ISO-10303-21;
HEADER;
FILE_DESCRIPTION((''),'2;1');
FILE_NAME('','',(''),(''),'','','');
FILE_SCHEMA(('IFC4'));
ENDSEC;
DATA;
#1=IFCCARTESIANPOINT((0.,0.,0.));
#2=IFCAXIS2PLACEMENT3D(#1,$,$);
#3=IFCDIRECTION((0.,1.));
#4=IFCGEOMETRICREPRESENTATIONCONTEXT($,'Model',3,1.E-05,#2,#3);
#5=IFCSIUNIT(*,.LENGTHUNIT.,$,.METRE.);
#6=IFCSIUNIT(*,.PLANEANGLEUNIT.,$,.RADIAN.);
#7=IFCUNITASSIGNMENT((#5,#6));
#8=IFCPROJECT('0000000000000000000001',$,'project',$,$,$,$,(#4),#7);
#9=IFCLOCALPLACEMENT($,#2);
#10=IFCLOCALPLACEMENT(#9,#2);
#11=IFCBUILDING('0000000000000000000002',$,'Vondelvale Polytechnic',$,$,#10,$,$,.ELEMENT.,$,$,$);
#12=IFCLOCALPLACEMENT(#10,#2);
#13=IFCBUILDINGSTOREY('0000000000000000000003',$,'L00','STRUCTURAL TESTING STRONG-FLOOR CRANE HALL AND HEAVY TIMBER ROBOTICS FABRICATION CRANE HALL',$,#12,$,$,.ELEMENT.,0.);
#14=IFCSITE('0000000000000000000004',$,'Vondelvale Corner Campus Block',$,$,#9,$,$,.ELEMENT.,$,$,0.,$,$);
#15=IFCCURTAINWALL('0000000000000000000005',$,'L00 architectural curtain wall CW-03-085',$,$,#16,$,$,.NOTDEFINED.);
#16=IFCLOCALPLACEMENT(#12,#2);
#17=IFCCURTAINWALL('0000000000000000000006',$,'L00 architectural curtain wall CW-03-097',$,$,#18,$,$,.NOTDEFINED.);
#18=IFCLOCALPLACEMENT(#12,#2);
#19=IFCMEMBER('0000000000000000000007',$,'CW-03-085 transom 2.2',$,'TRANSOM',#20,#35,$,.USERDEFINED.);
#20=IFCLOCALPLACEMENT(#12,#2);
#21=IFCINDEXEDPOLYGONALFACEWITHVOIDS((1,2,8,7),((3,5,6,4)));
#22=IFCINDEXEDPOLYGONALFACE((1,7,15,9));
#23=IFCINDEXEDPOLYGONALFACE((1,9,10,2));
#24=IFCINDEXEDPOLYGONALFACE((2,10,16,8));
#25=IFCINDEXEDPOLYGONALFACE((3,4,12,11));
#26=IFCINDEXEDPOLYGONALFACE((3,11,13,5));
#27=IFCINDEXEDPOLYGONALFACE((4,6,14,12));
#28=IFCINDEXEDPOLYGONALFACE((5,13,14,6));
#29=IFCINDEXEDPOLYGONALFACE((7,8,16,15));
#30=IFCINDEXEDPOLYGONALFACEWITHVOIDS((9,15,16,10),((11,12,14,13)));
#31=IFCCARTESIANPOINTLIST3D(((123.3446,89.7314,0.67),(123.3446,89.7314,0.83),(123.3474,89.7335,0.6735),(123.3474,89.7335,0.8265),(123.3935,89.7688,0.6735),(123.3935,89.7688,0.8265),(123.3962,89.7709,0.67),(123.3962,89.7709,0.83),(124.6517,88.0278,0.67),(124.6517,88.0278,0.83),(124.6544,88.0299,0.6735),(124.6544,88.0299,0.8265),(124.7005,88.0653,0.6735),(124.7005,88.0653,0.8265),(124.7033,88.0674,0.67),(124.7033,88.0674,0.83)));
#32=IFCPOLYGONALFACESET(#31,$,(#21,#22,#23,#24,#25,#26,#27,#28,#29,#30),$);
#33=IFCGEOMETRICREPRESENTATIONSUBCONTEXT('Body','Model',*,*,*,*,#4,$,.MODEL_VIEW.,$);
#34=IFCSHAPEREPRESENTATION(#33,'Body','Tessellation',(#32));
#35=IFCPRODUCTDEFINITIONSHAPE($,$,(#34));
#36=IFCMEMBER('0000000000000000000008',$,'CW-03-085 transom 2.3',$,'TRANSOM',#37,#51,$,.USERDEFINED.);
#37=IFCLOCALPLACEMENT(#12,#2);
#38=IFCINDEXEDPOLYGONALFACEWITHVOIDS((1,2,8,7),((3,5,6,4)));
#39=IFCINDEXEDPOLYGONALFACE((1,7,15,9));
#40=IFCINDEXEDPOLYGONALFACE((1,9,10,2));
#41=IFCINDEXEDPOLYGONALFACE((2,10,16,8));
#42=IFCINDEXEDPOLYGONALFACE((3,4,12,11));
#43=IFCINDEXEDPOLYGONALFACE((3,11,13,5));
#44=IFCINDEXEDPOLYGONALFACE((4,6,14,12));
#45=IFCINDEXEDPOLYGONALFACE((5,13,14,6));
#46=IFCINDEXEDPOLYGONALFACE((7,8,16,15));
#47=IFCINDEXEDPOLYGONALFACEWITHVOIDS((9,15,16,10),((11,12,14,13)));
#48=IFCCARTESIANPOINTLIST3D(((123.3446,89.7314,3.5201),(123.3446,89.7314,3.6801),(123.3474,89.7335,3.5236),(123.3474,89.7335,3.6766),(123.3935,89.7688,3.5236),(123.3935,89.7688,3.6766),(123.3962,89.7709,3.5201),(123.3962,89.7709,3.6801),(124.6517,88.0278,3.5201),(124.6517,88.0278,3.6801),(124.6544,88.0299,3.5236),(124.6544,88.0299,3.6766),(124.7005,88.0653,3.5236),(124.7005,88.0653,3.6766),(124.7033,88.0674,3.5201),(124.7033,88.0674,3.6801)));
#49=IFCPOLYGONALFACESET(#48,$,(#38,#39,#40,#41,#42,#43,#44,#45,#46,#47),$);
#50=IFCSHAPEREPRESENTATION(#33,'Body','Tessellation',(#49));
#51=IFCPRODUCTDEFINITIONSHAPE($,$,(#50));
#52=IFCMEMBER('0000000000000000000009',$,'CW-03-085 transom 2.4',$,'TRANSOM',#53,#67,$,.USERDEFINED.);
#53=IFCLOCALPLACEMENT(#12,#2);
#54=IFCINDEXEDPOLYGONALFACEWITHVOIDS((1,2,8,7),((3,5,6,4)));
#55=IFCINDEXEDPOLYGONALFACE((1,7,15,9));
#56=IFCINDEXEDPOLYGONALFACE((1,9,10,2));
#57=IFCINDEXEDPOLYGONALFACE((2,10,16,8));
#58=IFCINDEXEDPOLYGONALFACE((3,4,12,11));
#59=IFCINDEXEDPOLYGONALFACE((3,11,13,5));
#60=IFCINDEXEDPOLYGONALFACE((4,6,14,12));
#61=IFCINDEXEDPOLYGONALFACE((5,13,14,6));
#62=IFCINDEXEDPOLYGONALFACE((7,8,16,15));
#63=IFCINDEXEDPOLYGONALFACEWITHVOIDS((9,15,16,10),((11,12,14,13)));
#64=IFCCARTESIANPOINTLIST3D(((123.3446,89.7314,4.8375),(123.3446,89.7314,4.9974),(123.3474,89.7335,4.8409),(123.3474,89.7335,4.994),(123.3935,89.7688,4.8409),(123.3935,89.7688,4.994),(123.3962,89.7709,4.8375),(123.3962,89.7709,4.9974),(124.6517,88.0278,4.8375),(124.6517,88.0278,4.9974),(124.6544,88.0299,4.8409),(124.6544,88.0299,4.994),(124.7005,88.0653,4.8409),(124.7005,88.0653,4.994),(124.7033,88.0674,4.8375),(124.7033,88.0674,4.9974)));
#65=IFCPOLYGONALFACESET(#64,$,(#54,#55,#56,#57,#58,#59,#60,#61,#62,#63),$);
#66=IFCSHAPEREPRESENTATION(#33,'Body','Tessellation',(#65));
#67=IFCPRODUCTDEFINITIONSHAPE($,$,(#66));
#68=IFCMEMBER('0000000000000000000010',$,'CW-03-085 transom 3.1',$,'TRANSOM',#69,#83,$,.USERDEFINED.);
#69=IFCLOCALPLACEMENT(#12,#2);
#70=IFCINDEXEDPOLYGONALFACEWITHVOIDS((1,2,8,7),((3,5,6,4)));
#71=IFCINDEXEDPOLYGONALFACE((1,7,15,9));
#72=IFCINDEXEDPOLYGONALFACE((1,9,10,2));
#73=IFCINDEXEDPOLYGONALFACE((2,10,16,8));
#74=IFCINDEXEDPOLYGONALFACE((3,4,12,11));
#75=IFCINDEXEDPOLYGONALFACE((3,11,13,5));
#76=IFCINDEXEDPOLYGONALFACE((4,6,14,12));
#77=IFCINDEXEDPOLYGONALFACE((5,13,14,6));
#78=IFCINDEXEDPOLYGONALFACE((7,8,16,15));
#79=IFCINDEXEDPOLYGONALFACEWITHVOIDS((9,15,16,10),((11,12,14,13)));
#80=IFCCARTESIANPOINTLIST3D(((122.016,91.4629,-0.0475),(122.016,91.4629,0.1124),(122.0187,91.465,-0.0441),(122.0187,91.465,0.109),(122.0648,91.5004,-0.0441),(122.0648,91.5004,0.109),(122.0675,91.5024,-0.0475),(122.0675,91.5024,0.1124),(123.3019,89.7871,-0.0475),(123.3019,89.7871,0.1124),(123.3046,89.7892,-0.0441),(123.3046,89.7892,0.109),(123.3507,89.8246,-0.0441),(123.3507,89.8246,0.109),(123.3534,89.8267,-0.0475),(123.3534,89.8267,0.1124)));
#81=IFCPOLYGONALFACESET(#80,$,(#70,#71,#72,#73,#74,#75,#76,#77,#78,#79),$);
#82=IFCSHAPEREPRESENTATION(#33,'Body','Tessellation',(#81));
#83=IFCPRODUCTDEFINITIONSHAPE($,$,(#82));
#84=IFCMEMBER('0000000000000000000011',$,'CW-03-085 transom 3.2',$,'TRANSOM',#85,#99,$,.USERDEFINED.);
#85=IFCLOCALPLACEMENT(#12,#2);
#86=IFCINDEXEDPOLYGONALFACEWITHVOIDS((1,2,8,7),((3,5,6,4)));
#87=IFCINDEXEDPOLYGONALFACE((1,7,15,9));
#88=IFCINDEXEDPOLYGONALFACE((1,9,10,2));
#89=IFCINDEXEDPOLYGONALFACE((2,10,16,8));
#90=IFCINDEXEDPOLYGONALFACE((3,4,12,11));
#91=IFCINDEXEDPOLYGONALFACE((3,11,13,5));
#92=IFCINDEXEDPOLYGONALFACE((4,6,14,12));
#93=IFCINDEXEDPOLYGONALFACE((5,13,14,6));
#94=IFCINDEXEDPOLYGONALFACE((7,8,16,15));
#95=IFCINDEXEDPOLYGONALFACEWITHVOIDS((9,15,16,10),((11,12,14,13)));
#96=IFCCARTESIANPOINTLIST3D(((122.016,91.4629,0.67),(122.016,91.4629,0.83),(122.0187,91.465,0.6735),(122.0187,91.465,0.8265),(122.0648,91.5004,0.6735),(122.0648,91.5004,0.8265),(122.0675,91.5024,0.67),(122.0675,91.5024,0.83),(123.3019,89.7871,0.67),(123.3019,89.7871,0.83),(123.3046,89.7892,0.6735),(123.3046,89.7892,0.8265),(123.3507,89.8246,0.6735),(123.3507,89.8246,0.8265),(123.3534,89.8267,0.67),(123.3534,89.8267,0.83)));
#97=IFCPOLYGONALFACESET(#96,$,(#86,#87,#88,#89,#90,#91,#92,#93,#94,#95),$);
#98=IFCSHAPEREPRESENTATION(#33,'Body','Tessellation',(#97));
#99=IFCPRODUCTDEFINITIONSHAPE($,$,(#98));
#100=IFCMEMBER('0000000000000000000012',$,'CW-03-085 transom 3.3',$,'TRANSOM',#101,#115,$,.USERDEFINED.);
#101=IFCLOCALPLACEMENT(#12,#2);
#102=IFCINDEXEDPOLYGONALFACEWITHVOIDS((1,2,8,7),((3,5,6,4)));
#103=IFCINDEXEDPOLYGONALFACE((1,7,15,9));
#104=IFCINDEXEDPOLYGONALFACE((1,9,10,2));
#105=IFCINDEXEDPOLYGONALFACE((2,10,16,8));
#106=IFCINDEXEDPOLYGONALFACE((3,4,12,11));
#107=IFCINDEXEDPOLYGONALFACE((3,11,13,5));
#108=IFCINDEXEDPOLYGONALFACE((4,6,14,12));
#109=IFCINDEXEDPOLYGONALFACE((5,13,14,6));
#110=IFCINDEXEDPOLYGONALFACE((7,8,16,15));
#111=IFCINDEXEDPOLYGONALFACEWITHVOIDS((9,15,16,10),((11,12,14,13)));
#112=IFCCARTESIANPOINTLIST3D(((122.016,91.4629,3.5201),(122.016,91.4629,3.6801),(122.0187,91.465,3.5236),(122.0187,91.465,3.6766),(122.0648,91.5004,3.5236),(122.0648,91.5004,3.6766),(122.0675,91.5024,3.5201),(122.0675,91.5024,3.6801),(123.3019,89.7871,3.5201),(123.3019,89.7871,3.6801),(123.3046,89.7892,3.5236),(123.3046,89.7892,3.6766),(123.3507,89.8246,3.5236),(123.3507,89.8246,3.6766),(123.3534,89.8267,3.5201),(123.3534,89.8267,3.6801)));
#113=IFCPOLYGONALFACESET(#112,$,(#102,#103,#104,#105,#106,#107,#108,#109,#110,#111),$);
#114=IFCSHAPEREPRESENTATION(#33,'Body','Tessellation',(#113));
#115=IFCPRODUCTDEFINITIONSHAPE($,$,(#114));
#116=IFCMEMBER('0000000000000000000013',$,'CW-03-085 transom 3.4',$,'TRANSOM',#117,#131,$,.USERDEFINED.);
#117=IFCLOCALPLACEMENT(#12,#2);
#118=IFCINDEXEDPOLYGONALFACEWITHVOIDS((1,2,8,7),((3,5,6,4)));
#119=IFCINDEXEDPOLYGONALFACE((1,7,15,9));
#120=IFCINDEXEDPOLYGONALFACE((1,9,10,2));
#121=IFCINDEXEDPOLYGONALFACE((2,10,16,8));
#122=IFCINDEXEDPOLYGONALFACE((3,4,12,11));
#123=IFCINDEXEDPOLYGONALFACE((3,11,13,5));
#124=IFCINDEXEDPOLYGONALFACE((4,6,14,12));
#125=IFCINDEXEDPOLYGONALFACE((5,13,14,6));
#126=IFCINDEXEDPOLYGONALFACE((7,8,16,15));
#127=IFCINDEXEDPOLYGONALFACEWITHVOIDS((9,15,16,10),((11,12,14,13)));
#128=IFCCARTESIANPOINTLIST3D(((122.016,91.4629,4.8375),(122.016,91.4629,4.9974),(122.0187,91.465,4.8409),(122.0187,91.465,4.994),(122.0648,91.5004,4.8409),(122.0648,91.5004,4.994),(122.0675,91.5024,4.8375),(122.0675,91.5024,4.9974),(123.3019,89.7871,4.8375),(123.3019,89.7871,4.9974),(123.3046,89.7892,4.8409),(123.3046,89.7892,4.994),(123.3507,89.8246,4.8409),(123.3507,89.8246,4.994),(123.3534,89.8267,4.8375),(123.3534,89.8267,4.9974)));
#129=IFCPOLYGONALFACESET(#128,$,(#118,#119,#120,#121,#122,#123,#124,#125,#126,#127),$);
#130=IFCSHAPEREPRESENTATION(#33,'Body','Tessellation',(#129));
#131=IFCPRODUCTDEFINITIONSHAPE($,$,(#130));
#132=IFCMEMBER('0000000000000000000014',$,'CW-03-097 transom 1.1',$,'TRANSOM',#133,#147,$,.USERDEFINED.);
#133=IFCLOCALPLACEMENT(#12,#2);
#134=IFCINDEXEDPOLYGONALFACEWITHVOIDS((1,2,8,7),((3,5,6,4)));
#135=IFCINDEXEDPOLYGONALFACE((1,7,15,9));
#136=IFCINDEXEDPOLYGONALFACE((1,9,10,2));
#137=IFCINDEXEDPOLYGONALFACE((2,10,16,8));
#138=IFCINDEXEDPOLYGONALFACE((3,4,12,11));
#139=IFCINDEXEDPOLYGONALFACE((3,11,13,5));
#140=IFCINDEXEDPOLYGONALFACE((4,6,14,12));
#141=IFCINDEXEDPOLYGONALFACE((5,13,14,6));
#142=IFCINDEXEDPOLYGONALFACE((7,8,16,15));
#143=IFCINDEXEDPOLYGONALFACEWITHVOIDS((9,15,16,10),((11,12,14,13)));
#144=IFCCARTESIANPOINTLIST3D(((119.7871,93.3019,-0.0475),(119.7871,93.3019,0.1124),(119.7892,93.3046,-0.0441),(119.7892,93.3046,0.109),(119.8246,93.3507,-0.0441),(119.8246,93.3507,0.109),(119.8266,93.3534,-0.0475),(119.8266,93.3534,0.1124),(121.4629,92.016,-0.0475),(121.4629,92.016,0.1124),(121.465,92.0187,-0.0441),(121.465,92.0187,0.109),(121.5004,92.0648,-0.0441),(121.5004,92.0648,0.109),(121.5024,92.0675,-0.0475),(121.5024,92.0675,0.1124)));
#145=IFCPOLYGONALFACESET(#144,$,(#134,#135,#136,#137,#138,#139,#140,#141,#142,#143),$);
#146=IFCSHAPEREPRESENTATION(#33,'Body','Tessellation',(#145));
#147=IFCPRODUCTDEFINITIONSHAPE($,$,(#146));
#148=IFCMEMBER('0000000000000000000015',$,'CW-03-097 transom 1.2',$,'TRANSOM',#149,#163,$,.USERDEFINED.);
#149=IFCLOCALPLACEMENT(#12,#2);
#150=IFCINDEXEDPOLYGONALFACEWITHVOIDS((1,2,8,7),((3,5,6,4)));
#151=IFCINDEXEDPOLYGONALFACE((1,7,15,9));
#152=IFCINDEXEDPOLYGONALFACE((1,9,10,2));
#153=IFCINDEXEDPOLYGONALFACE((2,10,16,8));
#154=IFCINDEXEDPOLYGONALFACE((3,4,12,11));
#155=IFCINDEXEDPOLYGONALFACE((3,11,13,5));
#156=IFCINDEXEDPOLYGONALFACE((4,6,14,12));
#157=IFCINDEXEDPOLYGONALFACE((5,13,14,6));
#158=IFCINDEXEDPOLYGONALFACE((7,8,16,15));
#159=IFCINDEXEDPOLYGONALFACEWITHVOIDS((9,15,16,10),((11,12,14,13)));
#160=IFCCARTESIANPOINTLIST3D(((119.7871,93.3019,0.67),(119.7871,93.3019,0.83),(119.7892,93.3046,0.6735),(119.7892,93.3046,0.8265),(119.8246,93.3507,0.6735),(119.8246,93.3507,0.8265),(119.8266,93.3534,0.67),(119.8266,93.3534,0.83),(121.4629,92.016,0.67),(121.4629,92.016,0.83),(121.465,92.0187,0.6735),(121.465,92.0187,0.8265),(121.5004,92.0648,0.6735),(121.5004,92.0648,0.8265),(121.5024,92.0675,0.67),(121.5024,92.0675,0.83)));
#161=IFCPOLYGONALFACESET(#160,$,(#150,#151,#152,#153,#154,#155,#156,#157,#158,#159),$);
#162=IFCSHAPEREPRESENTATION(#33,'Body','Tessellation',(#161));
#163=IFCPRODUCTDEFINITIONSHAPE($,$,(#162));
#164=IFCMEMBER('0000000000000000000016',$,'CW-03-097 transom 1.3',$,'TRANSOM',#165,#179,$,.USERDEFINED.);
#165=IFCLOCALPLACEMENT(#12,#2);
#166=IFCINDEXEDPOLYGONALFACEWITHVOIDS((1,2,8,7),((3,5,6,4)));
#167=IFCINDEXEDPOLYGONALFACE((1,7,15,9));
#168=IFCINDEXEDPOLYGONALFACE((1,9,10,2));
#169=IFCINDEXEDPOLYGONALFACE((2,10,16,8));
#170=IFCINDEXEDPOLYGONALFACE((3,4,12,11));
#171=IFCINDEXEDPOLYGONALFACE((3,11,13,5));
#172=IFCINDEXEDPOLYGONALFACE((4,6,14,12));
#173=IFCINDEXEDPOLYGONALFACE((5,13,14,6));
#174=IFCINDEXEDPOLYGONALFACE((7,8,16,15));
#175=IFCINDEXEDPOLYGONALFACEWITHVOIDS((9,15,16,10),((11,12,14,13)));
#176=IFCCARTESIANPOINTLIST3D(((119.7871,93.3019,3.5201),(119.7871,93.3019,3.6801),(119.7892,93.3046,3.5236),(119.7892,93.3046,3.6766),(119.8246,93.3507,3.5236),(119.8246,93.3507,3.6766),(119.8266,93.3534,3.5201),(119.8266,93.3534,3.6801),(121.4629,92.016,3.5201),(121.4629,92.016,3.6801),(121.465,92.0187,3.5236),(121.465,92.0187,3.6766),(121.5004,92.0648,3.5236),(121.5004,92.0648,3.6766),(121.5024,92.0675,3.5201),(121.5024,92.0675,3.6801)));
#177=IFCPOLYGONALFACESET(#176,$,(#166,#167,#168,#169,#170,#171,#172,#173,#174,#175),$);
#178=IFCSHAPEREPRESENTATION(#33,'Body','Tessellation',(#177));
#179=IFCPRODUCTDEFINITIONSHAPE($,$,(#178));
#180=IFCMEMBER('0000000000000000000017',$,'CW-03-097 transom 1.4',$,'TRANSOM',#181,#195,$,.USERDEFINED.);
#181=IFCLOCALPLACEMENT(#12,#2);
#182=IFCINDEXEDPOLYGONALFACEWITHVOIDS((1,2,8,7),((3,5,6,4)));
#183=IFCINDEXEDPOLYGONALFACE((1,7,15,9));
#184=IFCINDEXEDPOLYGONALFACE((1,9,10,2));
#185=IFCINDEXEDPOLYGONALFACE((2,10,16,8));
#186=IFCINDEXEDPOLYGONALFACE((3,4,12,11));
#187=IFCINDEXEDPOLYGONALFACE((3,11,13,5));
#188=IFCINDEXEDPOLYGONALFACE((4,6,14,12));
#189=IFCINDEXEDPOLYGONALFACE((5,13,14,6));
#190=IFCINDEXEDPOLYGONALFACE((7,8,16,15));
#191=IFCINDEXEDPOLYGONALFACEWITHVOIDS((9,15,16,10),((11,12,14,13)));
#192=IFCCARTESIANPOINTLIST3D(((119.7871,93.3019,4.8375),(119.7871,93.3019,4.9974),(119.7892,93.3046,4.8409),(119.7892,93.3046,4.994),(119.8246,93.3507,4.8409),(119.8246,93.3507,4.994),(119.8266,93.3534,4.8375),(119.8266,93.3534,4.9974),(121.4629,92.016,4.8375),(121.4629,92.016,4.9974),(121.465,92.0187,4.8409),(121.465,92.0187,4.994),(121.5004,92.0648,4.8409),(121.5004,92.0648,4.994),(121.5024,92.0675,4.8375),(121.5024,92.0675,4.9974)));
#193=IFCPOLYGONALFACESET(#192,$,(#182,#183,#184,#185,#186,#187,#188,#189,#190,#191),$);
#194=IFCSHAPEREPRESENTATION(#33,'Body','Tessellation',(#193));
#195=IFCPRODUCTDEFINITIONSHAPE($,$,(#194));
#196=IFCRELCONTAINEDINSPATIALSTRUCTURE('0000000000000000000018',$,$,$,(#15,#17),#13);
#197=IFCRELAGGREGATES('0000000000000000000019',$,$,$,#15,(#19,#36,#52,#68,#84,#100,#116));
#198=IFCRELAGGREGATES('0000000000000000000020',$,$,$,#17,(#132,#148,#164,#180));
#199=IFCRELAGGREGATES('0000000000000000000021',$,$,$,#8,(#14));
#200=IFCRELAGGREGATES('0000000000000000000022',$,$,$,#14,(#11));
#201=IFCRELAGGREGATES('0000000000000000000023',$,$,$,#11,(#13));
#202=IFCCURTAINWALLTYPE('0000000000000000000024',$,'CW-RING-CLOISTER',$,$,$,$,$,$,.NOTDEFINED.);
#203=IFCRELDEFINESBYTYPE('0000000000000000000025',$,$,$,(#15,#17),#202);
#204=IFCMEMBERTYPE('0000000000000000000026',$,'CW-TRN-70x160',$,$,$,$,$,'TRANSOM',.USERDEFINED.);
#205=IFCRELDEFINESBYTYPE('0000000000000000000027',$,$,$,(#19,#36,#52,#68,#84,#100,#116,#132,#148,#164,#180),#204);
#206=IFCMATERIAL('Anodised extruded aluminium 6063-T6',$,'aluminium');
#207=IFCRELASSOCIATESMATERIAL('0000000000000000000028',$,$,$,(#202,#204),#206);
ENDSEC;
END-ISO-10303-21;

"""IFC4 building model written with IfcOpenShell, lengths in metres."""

from ifc_helpers import new_model, si_unit, direction, frame, origin, origin_2d, place, context, subcontext, project, spatial, hollow_rectangle, extrude, material, material_profile, profile_set, type_object, element, aggregate, save


model = new_model("IFC4")

# Units and contexts
model_context = context("Model", 3, precision=1e-05, world=origin(), true_north=direction((0.0, 1.0)))
body_context = subcontext(model_context, "Body", "Model", "MODEL_VIEW")
ifc_project = project(units=[si_unit("LENGTHUNIT", "METRE"), si_unit("PLANEANGLEUNIT", "RADIAN")], contexts=[model_context])

# Site, building, storey
site_placement = place(None, origin())
site = spatial("IfcSite", under=ifc_project, at=site_placement, Name="Vondelvale Corner Campus Block", CompositionType="ELEMENT", RefElevation=0.0)
building_placement = place(site_placement, origin())
building = spatial("IfcBuilding", under=site, at=building_placement, Name="Vondelvale Polytechnic", CompositionType="ELEMENT")
storey_placement = place(building_placement, origin())
storey = spatial("IfcBuildingStorey", under=building, at=storey_placement, Name="L00", Description="STRUCTURAL TESTING STRONG-FLOOR CRANE HALL AND HEAVY TIMBER ROBOTICS FABRICATION CRANE HALL", CompositionType="ELEMENT", Elevation=0.0)

# Curtain wall
ifc_material_1 = material(Name="Anodised extruded aluminium 6063-T6", Category="aluminium")
curtain_wall_type = type_object("IfcCurtainWallType", Name="CW-RING-CLOISTER", PredefinedType="NOTDEFINED", material=ifc_material_1)
curtain_wall_1_placement = place(storey_placement, origin())
curtain_wall_1 = element("IfcCurtainWall", 1, at=curtain_wall_1_placement, inside=storey, type_object=curtain_wall_type, Name="L00 architectural curtain wall CW-03-085", PredefinedType="NOTDEFINED")

# Curtain wall
curtain_wall_2_placement = place(storey_placement, origin())
curtain_wall_2 = element("IfcCurtainWall", 2, at=curtain_wall_2_placement, inside=storey, type_object=curtain_wall_type, Name="L00 architectural curtain wall CW-03-097", PredefinedType="NOTDEFINED")

# Members
ifc_material_profile_1 = material_profile(ifc_material_1, hollow_rectangle(XDim=0.0649, YDim=0.1599, WallThickness=0.0034, at=origin_2d()), Name="CW-TRN-160x65")
ifc_profile_set_1 = profile_set([ifc_material_profile_1], Name="Anodised extruded aluminium 6063-T6")
member_type_1 = type_object("IfcMemberType", Name="CW-TRN-70x160", ElementType="TRANSOM", PredefinedType="USERDEFINED", material=ifc_profile_set_1)
member_1_placement = place(storey_placement, frame((124.6775, 88.0476, 0.75), z_axis=(-0.608732, 0.793376, 0.0), x_axis=(-0.793376, -0.608732, 0.0)))
member_1 = element("IfcMember", 3, at=member_1_placement, type_object=member_type_1, Name="CW-03-085 transom 2.2", ObjectType="TRANSOM", PredefinedType="USERDEFINED", context=body_context, shape_type="SweptSolid", body=[
    extrude(hollow_rectangle(XDim=0.0649, YDim=0.1599, WallThickness=0.0034, at=origin_2d()), origin(), (0.0, 0.0, 1.0), 2.1472),
])
member_2_placement = place(storey_placement, frame((124.6775, 88.0476, 3.6001), z_axis=(-0.608732, 0.793376, 0.0), x_axis=(-0.793376, -0.608732, 0.0)))
member_2 = element("IfcMember", 4, at=member_2_placement, type_object=member_type_1, Name="CW-03-085 transom 2.3", ObjectType="TRANSOM", PredefinedType="USERDEFINED", context=body_context, shape_type="SweptSolid", body=[
    extrude(hollow_rectangle(XDim=0.0649, YDim=0.1599, WallThickness=0.0034, at=origin_2d()), origin(), (0.0, 0.0, 1.0), 2.1472),
])
member_3_placement = place(storey_placement, frame((124.6775, 88.0476, 4.9175), z_axis=(-0.608732, 0.793376, 0.0), x_axis=(-0.793376, -0.608732, 0.0)))
member_3 = element("IfcMember", 5, at=member_3_placement, type_object=member_type_1, Name="CW-03-085 transom 2.4", ObjectType="TRANSOM", PredefinedType="USERDEFINED", context=body_context, shape_type="SweptSolid", body=[
    extrude(hollow_rectangle(XDim=0.0649, YDim=0.1599, WallThickness=0.0034, at=origin_2d()), origin(), (0.0, 0.0, 1.0), 2.1472),
])
member_4_placement = place(storey_placement, frame((123.3276, 89.8069, 0.0325), z_axis=(-0.608766, 0.79335, 0.0), x_axis=(-0.79335, -0.608766, 0.0)))
member_4 = element("IfcMember", 6, at=member_4_placement, type_object=member_type_1, Name="CW-03-085 transom 3.1", ObjectType="TRANSOM", PredefinedType="USERDEFINED", context=body_context, shape_type="SweptSolid", body=[
    extrude(hollow_rectangle(XDim=0.0649, YDim=0.1599, WallThickness=0.0034, at=origin_2d()), origin(), (0.0, 0.0, 1.0), 2.1123),
])
member_5_placement = place(storey_placement, frame((123.3276, 89.8069, 0.75), z_axis=(-0.608766, 0.79335, 0.0), x_axis=(-0.79335, -0.608766, 0.0)))
member_5 = element("IfcMember", 7, at=member_5_placement, type_object=member_type_1, Name="CW-03-085 transom 3.2", ObjectType="TRANSOM", PredefinedType="USERDEFINED", context=body_context, shape_type="SweptSolid", body=[
    extrude(hollow_rectangle(XDim=0.0649, YDim=0.1599, WallThickness=0.0034, at=origin_2d()), origin(), (0.0, 0.0, 1.0), 2.1123),
])
member_6_placement = place(storey_placement, frame((123.3276, 89.8069, 3.6001), z_axis=(-0.608766, 0.79335, 0.0), x_axis=(-0.79335, -0.608766, 0.0)))
member_6 = element("IfcMember", 8, at=member_6_placement, type_object=member_type_1, Name="CW-03-085 transom 3.3", ObjectType="TRANSOM", PredefinedType="USERDEFINED", context=body_context, shape_type="SweptSolid", body=[
    extrude(hollow_rectangle(XDim=0.0649, YDim=0.1599, WallThickness=0.0034, at=origin_2d()), origin(), (0.0, 0.0, 1.0), 2.1123),
])
member_7_placement = place(storey_placement, frame((123.3276, 89.8069, 4.9175), z_axis=(-0.608766, 0.79335, 0.0), x_axis=(-0.79335, -0.608766, 0.0)))
member_7 = element("IfcMember", 9, at=member_7_placement, type_object=member_type_1, Name="CW-03-085 transom 3.4", ObjectType="TRANSOM", PredefinedType="USERDEFINED", context=body_context, shape_type="SweptSolid", body=[
    extrude(hollow_rectangle(XDim=0.0649, YDim=0.1599, WallThickness=0.0034, at=origin_2d()), origin(), (0.0, 0.0, 1.0), 2.1123),
])
member_8_placement = place(storey_placement, frame((121.4827, 92.0417, 0.0325), z_axis=(-0.79335, 0.608766, 0.0), x_axis=(-0.608766, -0.79335, 0.0)))
member_8 = element("IfcMember", 10, at=member_8_placement, type_object=member_type_1, Name="CW-03-097 transom 1.1", ObjectType="TRANSOM", PredefinedType="USERDEFINED", context=body_context, shape_type="SweptSolid", body=[
    extrude(hollow_rectangle(XDim=0.0649, YDim=0.1599, WallThickness=0.0034, at=origin_2d()), origin(), (0.0, 0.0, 1.0), 2.1123),
])
member_9_placement = place(storey_placement, frame((121.4827, 92.0417, 0.75), z_axis=(-0.79335, 0.608766, 0.0), x_axis=(-0.608766, -0.79335, 0.0)))
member_9 = element("IfcMember", 11, at=member_9_placement, type_object=member_type_1, Name="CW-03-097 transom 1.2", ObjectType="TRANSOM", PredefinedType="USERDEFINED", context=body_context, shape_type="SweptSolid", body=[
    extrude(hollow_rectangle(XDim=0.0649, YDim=0.1599, WallThickness=0.0034, at=origin_2d()), origin(), (0.0, 0.0, 1.0), 2.1123),
])
member_10_placement = place(storey_placement, frame((121.4827, 92.0417, 3.6001), z_axis=(-0.79335, 0.608766, 0.0), x_axis=(-0.608766, -0.79335, 0.0)))
member_10 = element("IfcMember", 12, at=member_10_placement, type_object=member_type_1, Name="CW-03-097 transom 1.3", ObjectType="TRANSOM", PredefinedType="USERDEFINED", context=body_context, shape_type="SweptSolid", body=[
    extrude(hollow_rectangle(XDim=0.0649, YDim=0.1599, WallThickness=0.0034, at=origin_2d()), origin(), (0.0, 0.0, 1.0), 2.1123),
])
member_11_placement = place(storey_placement, frame((121.4827, 92.0417, 4.9175), z_axis=(-0.79335, 0.608766, 0.0), x_axis=(-0.608766, -0.79335, 0.0)))
member_11 = element("IfcMember", 13, at=member_11_placement, type_object=member_type_1, Name="CW-03-097 transom 1.4", ObjectType="TRANSOM", PredefinedType="USERDEFINED", context=body_context, shape_type="SweptSolid", body=[
    extrude(hollow_rectangle(XDim=0.0649, YDim=0.1599, WallThickness=0.0034, at=origin_2d()), origin(), (0.0, 0.0, 1.0), 2.1123),
])

aggregate(curtain_wall_1, [member_1, member_2, member_3, member_4, member_5, member_6, member_7])
aggregate(curtain_wall_2, [member_8, member_9, member_10, member_11])

save(model, "model.ifc")
